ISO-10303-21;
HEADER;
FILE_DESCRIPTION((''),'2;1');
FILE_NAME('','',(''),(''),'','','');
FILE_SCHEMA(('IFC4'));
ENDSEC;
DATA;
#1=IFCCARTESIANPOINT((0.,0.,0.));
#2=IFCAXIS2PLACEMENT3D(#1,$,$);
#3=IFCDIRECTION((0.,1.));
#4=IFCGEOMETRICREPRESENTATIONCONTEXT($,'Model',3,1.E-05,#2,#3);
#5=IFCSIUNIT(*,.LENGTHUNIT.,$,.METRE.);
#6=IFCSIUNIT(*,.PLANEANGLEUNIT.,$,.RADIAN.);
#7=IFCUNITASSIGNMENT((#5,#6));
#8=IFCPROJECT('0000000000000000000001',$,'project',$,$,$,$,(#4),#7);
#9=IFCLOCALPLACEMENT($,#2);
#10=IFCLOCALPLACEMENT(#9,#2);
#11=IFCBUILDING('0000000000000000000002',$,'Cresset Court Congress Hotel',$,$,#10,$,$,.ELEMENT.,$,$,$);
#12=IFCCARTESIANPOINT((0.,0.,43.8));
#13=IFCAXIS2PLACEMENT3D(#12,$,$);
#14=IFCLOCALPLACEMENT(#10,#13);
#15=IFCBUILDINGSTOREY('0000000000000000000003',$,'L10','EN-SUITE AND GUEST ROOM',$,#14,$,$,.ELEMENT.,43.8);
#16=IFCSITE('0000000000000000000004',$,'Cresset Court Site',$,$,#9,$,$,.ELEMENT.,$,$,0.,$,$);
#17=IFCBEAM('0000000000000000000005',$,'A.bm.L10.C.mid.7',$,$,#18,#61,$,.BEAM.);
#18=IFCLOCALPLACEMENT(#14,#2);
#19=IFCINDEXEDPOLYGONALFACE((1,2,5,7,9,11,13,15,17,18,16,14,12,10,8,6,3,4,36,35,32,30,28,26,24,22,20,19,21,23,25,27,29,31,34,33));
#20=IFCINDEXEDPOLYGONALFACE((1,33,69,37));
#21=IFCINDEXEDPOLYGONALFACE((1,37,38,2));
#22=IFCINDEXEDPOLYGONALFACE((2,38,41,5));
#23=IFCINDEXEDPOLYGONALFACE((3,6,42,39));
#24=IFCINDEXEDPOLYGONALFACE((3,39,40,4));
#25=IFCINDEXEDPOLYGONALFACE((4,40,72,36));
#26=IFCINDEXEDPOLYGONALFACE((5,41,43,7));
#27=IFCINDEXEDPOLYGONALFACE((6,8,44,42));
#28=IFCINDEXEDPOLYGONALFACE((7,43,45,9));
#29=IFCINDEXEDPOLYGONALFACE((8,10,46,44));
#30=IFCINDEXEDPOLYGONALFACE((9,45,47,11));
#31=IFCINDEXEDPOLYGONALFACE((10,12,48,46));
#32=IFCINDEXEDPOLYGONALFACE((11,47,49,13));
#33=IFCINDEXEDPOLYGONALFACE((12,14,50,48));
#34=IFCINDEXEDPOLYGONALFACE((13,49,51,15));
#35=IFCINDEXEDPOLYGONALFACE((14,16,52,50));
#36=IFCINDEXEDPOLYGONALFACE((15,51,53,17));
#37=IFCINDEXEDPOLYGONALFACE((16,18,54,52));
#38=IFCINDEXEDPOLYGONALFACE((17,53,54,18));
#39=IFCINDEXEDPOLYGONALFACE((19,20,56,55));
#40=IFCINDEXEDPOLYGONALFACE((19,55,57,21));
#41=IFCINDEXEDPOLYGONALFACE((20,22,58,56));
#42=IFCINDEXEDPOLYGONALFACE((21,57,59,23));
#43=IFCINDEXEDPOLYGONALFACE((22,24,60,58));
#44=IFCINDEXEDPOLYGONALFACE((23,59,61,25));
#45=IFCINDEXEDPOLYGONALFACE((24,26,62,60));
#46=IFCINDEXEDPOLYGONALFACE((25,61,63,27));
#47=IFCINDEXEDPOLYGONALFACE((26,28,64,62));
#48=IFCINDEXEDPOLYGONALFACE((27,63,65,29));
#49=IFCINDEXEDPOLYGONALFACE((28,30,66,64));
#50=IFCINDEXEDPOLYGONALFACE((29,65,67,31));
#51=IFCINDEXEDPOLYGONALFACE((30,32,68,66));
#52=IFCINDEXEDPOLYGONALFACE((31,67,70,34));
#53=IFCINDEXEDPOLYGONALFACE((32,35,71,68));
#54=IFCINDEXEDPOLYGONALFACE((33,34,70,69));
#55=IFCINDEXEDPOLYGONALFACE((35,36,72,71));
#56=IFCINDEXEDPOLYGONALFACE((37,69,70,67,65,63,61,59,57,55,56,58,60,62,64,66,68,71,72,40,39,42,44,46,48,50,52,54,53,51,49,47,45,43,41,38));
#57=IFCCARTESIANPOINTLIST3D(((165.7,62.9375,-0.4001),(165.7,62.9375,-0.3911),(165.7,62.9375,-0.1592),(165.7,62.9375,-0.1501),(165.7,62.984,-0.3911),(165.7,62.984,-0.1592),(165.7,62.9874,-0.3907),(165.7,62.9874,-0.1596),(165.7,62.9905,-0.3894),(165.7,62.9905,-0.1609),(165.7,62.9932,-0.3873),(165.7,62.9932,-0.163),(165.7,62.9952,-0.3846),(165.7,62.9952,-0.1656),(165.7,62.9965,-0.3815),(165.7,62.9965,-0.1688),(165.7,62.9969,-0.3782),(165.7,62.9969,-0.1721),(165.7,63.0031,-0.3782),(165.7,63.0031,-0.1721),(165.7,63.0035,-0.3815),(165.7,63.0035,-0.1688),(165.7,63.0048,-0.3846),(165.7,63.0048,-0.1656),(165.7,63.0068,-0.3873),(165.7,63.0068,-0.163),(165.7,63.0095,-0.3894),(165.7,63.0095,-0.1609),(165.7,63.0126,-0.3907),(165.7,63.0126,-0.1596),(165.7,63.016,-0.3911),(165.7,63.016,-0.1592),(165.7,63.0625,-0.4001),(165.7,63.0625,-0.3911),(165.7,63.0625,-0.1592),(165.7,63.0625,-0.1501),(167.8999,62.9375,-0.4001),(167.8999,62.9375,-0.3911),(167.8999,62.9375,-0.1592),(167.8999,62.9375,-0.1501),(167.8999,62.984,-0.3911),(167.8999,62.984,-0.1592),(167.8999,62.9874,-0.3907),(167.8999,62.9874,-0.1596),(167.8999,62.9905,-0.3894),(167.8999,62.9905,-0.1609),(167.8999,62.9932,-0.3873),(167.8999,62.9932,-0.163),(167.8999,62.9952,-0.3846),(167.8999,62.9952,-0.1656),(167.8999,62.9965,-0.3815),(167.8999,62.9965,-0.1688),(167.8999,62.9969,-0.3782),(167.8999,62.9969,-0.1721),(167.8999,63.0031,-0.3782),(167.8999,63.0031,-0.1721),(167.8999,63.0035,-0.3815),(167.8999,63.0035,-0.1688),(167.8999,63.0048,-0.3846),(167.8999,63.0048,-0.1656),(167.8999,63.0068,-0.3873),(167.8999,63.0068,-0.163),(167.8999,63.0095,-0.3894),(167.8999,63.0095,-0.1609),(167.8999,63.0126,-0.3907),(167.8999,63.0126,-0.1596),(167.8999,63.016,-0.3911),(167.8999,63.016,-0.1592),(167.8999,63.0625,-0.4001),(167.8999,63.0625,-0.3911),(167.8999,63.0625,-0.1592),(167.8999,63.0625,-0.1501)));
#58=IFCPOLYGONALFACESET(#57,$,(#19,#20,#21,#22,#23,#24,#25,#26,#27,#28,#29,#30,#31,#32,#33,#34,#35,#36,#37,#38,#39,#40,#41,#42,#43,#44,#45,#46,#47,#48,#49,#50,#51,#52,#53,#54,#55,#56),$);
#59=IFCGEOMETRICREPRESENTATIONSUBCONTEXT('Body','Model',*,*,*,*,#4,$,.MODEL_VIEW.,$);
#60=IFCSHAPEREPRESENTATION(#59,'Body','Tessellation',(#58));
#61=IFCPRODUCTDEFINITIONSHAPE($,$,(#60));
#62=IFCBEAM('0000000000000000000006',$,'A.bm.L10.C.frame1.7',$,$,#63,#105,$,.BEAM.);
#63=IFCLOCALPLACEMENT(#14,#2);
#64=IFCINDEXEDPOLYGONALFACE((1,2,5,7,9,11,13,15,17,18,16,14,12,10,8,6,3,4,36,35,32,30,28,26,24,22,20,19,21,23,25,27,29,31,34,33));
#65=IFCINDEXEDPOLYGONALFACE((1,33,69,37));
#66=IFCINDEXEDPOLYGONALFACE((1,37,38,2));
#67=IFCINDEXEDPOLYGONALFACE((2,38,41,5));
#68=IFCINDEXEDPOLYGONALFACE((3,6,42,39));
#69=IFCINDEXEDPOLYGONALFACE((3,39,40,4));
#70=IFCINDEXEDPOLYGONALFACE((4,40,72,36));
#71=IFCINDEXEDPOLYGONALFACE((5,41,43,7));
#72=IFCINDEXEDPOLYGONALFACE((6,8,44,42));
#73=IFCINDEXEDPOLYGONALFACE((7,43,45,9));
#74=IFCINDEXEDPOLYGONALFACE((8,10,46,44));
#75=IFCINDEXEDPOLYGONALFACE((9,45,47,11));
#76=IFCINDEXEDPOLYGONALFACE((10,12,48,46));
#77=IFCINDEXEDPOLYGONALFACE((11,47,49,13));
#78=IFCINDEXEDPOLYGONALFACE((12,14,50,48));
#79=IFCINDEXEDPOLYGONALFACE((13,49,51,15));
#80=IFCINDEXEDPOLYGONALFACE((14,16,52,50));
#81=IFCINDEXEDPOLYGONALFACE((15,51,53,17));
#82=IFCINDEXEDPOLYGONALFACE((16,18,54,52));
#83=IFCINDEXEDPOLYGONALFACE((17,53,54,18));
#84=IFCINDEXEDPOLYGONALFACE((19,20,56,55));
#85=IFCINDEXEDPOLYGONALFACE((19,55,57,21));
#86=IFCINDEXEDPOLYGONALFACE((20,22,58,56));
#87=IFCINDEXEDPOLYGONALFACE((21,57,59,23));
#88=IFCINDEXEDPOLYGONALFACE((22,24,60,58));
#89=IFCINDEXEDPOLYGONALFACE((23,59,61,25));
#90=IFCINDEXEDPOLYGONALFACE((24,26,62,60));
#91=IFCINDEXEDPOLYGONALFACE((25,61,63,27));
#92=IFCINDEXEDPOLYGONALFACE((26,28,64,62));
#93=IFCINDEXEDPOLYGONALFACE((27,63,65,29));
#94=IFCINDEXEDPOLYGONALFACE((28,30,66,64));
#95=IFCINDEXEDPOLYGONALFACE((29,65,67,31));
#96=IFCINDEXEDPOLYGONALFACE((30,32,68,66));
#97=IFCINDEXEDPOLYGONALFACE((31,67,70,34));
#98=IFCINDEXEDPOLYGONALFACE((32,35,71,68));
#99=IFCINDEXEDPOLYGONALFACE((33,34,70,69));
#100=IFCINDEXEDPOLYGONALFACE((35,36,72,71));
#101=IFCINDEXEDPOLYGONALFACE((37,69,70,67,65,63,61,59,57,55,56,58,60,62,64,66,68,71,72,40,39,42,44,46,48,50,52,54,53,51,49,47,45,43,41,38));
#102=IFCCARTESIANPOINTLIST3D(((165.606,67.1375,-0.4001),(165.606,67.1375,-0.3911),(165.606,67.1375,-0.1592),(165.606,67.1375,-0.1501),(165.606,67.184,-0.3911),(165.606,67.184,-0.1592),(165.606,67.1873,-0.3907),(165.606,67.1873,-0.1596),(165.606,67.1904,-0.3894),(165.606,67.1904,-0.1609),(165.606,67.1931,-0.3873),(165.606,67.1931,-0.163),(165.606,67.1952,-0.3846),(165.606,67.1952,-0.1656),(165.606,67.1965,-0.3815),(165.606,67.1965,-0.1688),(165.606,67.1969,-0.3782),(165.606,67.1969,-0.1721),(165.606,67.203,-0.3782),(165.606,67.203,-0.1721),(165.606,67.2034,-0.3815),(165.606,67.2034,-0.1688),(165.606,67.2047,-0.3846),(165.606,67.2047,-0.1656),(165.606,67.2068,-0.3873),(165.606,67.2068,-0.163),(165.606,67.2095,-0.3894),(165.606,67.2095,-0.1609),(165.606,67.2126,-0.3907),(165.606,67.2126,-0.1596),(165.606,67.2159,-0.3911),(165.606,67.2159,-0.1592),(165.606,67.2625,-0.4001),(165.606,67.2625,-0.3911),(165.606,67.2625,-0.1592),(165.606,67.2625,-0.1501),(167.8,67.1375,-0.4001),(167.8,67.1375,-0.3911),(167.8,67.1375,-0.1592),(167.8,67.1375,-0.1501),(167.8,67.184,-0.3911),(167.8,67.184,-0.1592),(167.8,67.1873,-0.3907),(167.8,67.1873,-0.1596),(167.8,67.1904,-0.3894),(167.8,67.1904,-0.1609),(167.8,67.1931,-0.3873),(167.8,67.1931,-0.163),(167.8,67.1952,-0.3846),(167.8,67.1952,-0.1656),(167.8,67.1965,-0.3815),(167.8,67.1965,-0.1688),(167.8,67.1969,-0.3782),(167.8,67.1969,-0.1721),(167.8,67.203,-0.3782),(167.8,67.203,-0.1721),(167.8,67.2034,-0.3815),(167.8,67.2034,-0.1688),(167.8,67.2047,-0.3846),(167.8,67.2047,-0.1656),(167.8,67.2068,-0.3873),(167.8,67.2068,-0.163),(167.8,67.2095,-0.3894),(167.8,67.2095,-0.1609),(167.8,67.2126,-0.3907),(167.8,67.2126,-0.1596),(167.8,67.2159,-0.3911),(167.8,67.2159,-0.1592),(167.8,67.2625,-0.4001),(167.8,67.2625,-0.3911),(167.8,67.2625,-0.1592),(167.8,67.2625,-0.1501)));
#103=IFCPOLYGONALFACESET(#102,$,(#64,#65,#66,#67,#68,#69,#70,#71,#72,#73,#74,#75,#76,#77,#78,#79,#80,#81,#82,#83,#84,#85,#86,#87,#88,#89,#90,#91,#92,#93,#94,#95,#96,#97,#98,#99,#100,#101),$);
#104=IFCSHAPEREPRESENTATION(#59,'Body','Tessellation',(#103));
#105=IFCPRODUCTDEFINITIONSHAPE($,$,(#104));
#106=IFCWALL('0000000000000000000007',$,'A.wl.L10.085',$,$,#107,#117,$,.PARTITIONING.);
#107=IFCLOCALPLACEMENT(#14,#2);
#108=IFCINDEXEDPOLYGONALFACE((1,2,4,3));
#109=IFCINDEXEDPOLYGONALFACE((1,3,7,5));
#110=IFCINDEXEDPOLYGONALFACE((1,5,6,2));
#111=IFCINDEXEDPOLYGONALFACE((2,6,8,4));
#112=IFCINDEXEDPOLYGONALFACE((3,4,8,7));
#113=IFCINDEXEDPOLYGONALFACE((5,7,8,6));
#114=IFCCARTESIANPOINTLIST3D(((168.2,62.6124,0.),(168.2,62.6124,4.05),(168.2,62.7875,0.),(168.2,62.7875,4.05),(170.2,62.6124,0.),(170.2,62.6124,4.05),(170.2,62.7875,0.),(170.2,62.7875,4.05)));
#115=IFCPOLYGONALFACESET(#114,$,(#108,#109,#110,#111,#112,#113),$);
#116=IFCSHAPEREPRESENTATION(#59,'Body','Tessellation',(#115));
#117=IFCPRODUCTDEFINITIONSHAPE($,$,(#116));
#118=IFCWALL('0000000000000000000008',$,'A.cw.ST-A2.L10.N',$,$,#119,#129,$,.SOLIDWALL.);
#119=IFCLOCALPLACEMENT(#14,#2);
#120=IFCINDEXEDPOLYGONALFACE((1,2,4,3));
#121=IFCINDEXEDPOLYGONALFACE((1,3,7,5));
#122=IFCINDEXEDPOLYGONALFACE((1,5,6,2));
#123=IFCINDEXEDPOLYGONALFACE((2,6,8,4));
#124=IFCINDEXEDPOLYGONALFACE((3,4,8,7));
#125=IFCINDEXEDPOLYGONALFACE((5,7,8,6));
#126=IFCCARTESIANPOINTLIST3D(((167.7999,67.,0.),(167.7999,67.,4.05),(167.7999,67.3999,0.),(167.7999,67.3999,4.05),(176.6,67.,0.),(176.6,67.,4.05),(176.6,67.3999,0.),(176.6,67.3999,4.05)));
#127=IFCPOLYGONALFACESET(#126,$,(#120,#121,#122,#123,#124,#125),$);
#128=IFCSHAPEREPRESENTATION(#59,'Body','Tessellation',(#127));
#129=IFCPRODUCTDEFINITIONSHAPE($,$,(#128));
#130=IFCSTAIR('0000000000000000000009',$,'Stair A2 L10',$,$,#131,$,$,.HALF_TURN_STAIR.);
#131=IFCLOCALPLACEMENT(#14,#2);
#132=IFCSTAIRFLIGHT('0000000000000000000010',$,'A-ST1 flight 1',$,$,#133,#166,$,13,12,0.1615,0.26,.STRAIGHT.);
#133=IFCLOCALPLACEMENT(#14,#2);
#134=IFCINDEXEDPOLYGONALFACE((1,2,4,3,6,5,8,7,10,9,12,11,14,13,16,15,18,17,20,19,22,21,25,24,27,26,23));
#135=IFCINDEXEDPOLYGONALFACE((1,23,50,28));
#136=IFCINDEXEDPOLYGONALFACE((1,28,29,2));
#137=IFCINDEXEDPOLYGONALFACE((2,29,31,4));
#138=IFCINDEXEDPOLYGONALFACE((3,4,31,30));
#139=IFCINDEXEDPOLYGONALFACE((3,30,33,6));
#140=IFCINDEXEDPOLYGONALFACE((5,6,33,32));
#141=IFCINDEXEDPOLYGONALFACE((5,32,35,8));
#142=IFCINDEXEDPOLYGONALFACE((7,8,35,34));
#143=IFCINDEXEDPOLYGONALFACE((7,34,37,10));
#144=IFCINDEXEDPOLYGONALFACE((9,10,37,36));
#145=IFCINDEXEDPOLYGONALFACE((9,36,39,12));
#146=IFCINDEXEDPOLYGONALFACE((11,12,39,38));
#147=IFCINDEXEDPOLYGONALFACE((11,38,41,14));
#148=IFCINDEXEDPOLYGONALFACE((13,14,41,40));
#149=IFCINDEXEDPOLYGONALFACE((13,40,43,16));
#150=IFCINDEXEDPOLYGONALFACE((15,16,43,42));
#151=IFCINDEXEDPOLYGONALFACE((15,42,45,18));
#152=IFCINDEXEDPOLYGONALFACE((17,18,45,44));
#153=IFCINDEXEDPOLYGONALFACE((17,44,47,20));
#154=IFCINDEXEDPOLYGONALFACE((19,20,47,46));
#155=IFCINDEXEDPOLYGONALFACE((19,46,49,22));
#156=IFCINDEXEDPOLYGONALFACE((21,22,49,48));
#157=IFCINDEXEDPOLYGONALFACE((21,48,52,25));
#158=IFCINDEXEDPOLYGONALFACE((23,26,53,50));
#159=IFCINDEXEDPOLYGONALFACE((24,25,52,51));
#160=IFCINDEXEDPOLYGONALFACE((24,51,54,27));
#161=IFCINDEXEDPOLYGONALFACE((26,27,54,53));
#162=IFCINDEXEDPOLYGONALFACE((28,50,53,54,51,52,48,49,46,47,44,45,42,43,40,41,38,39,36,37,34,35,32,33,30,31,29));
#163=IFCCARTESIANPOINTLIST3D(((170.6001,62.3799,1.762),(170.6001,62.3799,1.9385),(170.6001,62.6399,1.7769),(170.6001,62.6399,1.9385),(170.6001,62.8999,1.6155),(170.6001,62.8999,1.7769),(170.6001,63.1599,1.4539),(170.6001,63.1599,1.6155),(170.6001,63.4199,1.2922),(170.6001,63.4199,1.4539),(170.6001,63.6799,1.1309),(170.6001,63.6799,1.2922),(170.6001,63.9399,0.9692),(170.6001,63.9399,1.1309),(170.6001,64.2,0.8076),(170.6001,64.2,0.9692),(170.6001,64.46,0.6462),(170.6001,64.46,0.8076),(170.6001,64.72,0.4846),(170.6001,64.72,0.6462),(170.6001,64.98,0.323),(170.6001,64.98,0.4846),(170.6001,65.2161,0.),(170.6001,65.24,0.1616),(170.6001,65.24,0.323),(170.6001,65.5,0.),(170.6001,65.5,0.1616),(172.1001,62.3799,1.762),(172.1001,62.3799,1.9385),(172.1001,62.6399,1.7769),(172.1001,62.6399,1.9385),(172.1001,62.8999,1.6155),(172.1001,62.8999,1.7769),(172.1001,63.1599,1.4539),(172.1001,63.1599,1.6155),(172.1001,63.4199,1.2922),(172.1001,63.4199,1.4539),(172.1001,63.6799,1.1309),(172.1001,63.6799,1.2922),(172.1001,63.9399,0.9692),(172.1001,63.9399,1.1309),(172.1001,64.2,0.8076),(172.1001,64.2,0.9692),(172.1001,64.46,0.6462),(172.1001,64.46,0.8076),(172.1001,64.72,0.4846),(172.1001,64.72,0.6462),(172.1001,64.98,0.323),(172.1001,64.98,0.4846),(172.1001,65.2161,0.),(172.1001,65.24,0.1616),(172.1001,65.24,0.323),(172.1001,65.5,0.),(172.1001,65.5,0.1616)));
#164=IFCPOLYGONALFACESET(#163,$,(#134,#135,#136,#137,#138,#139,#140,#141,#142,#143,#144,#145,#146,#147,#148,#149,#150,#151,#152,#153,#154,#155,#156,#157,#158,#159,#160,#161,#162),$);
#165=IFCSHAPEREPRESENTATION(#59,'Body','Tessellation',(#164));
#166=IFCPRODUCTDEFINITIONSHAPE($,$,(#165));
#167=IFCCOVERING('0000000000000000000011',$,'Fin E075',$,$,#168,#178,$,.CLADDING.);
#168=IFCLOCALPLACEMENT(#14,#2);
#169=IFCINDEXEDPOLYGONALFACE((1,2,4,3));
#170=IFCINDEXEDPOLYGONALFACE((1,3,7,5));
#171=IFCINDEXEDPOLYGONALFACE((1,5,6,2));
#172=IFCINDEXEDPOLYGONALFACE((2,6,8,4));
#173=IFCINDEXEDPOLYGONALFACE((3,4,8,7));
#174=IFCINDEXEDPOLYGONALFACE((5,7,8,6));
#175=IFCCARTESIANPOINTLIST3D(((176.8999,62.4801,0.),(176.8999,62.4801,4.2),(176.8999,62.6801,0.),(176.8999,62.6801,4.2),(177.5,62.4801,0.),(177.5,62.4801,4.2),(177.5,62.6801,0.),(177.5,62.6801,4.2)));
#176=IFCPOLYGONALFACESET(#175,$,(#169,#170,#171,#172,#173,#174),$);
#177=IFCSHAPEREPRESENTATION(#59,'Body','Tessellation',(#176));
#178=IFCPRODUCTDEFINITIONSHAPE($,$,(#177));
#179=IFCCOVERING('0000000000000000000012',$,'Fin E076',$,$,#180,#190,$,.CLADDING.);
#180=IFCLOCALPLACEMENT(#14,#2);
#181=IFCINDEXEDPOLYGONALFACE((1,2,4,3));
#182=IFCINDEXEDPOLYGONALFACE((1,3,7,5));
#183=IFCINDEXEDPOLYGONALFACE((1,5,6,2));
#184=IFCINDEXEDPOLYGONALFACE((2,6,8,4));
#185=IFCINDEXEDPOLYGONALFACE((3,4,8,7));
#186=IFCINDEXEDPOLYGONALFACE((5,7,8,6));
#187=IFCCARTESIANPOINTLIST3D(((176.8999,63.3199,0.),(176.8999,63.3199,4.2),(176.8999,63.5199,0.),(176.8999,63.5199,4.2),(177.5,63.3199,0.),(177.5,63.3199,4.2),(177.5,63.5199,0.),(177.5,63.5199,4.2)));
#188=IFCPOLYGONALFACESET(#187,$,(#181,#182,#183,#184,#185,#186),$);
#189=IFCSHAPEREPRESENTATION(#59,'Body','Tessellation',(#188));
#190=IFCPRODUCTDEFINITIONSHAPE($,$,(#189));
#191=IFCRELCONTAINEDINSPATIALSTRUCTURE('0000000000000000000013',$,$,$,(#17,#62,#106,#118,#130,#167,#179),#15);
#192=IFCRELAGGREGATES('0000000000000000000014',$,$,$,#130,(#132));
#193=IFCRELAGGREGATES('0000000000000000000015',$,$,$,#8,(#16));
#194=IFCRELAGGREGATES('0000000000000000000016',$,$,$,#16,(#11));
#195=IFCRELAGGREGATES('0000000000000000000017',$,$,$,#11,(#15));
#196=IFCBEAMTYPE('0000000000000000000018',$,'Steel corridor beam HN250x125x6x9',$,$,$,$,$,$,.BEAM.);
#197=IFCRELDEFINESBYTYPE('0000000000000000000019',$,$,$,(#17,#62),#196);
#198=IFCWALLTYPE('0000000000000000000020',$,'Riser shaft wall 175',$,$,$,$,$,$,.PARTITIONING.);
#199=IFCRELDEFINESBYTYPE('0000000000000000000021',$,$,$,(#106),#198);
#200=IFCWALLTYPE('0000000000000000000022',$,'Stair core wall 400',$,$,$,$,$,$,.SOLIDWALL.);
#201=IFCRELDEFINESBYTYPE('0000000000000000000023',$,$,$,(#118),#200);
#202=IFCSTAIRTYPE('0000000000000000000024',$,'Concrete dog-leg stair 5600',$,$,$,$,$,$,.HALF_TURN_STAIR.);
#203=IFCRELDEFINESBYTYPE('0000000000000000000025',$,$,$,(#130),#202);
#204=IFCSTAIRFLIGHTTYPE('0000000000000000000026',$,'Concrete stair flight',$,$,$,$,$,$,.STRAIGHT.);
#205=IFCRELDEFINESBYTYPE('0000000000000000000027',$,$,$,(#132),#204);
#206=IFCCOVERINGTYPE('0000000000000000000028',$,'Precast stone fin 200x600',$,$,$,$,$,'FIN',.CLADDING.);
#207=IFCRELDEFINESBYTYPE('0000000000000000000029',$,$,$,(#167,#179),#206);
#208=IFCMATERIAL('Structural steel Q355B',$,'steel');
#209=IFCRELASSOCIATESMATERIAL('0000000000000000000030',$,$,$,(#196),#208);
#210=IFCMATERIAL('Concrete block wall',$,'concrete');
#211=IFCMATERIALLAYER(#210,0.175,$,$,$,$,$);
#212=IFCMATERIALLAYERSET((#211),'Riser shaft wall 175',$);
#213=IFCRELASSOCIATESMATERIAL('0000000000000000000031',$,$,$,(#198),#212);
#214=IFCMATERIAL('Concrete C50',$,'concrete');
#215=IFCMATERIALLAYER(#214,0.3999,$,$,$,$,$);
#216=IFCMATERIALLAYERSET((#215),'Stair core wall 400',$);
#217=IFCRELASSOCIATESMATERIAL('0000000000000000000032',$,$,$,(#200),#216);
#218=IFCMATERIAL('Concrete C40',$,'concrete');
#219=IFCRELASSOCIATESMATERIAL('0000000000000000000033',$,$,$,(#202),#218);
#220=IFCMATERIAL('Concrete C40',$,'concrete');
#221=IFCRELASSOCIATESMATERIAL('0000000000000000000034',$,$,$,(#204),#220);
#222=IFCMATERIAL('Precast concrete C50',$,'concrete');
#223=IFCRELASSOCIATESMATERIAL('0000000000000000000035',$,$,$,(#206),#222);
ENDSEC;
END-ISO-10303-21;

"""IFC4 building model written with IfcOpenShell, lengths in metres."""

from ifc_helpers import new_model, si_unit, direction, frame, frame_2d, origin, origin_2d, place, context, subcontext, project, spatial, polyline, rectangle, i_section, outline, extrude, material, layer, layer_set, material_profile, profile_set, type_object, element, aggregate, save


model = new_model("IFC4")

# Units and contexts
model_context = context("Model", 3, precision=1e-05, world=origin(), true_north=direction((0.0, 1.0)))
body_context = subcontext(model_context, "Body", "Model", "MODEL_VIEW")
ifc_project = project(units=[si_unit("LENGTHUNIT", "METRE"), si_unit("PLANEANGLEUNIT", "RADIAN")], contexts=[model_context])

# Site, building, storey
site_placement = place(None, origin())
site = spatial("IfcSite", under=ifc_project, at=site_placement, Name="Cresset Court Site", CompositionType="ELEMENT", RefElevation=0.0)
building_placement = place(site_placement, origin())
building = spatial("IfcBuilding", under=site, at=building_placement, Name="Cresset Court Congress Hotel", CompositionType="ELEMENT")
storey_placement = place(building_placement, frame((0.0, 0.0, 43.8)))
storey = spatial("IfcBuildingStorey", under=building, at=storey_placement, Name="L10", Description="EN-SUITE AND GUEST ROOM", CompositionType="ELEMENT", Elevation=43.8)

# Beams
ifc_material_1 = material(Name="Structural steel Q355B", Category="steel")
ifc_material_profile = material_profile(ifc_material_1, i_section(OverallWidth=0.125, OverallDepth=0.25, WebThickness=0.0061, FlangeThickness=0.009, FilletRadius=0.0129, at=origin_2d()), Name="HN250x125x6x9")
ifc_profile_set = profile_set([ifc_material_profile], Name="Structural steel Q355B")
beam_type = type_object("IfcBeamType", Name="Steel corridor beam HN250x125x6x9", PredefinedType="BEAM", material=ifc_profile_set)
beam_1_placement = place(storey_placement, frame((165.7, 63.0, -0.2751), z_axis=(1.0, 0.0, 0.0), x_axis=(0.0, 1.0, 0.0)))
element("IfcBeam", 1, at=beam_1_placement, inside=storey, type_object=beam_type, Name="A.bm.L10.C.mid.7", PredefinedType="BEAM", context=body_context, shape_type="SweptSolid", body=[
    extrude(i_section(OverallWidth=0.125, OverallDepth=0.25, WebThickness=0.0061, FlangeThickness=0.009, FilletRadius=0.0129, at=origin_2d()), origin(), (0.0, 0.0, 1.0), 2.2),
])
beam_2_placement = place(storey_placement, frame((165.606, 67.2, -0.2751), z_axis=(1.0, 0.0, 0.0), x_axis=(0.0, 1.0, 0.0)))
element("IfcBeam", 2, at=beam_2_placement, inside=storey, type_object=beam_type, Name="A.bm.L10.C.frame1.7", PredefinedType="BEAM", context=body_context, shape_type="SweptSolid", body=[
    extrude(i_section(OverallWidth=0.125, OverallDepth=0.25, WebThickness=0.0061, FlangeThickness=0.009, FilletRadius=0.0129, at=origin_2d()), origin(), (0.0, 0.0, 1.0), 2.1941),
])

# Walls
ifc_material_2 = material(Name="Concrete block wall", Category="concrete")
ifc_layer_1 = layer(ifc_material_2, 0.175)
ifc_layer_set_1 = layer_set([ifc_layer_1], Name="Riser shaft wall 175")
wall_type_1 = type_object("IfcWallType", Name="Riser shaft wall 175", PredefinedType="PARTITIONING", material=ifc_layer_set_1)
wall_1_placement = place(storey_placement, frame((168.2, 62.7, 0.0), z_axis=(0.0, 0.0, 1.0), x_axis=(1.0, 0.0, 0.0)))
element("IfcWall", 3, at=wall_1_placement, inside=storey, type_object=wall_type_1, Name="A.wl.L10.085", PredefinedType="PARTITIONING", context=body_context, shape_type="SweptSolid", body=[
    extrude(rectangle(XDim=2.0, YDim=0.175, at=frame_2d((1.0, 0.0))), origin(), (0.0, 0.0, 1.0), 4.05),
])
ifc_material_3 = material(Name="Concrete C50", Category="concrete")
ifc_layer_2 = layer(ifc_material_3, 0.3999)
ifc_layer_set_2 = layer_set([ifc_layer_2], Name="Stair core wall 400")
wall_type_2 = type_object("IfcWallType", Name="Stair core wall 400", PredefinedType="SOLIDWALL", material=ifc_layer_set_2)
wall_2_placement = place(storey_placement, frame((167.8, 67.2, 0.0), z_axis=(0.0, 0.0, 1.0), x_axis=(1.0, 0.0, 0.0)))
element("IfcWall", 4, at=wall_2_placement, inside=storey, type_object=wall_type_2, Name="A.cw.ST-A2.L10.N", PredefinedType="SOLIDWALL", context=body_context, shape_type="SweptSolid", body=[
    extrude(rectangle(XDim=8.8, YDim=0.3999, at=frame_2d((4.3999, 0.0))), origin(), (0.0, 0.0, 1.0), 4.05),
])

# Stair, stair flight
ifc_material_4 = material(Name="Concrete C40", Category="concrete")
stair_type = type_object("IfcStairType", Name="Concrete dog-leg stair 5600", PredefinedType="HALF_TURN_STAIR", material=ifc_material_4)
stair_placement = place(storey_placement, origin())
stair = element("IfcStair", 5, at=stair_placement, inside=storey, type_object=stair_type, Name="Stair A2 L10", PredefinedType="HALF_TURN_STAIR")
ifc_material_5 = material(Name="Concrete C40", Category="concrete")
stair_flight_type = type_object("IfcStairFlightType", Name="Concrete stair flight", PredefinedType="STRAIGHT", material=ifc_material_5)
stair_flight_placement = place(storey_placement, frame((171.3501, 65.5, 0.0), z_axis=(0.0, 0.0, 1.0), x_axis=(0.0, -1.0, 0.0)))
stair_flight = element("IfcStairFlight", 6, at=stair_flight_placement, type_object=stair_flight_type, Name="A-ST1 flight 1", NumberOfRisers=13, NumberOfTreads=12, PredefinedType="STRAIGHT", RiserHeight=0.1615, TreadLength=0.26, context=body_context, shape_type="SweptSolid", body=[
    extrude(outline(polyline([(0.0, 0.0), (0.0, 0.1616), (0.26, 0.1616), (0.26, 0.323), (0.52, 0.323), (0.52, 0.4846), (0.78, 0.4846), (0.78, 0.6462), (1.04, 0.6462), (1.04, 0.8076), (1.3, 0.8076), (1.3, 0.9692), (1.5601, 0.9692), (1.5601, 1.1309), (1.8201, 1.1309), (1.8201, 1.2922), (2.0801, 1.2922), (2.0801, 1.4539), (2.3401, 1.4539), (2.3401, 1.6155), (2.6001, 1.6155), (2.6001, 1.7769), (2.8601, 1.7769), (2.8601, 1.9385), (3.1201, 1.9385), (3.1201, 2.1001), (3.1201, 1.762), (0.2839, 0.0), (0.0, 0.0)])), frame((0.0, 0.75, 0.0), z_axis=(0.0, -1.0, 0.0), x_axis=(1.0, 0.0, 0.0)), (0.0, 0.0, 1.0), 1.5),
])
aggregate(stair, [stair_flight])

# Coverings
ifc_material_6 = material(Name="Precast concrete C50", Category="concrete")
covering_type_1 = type_object("IfcCoveringType", Name="Precast stone fin 200x600", ElementType="FIN", PredefinedType="CLADDING", material=ifc_material_6)
for number, where, z_axis, x_axis, name in (
    (7, (177.2, 62.5801, 0.0), (0.0, 0.0, 1.0), (1.0, 0.0, 0.0), "Fin E075"),
    (8, (177.2, 63.4199, 0.0), (0.0, 0.0, 1.0), (1.0, 0.0, 0.0), "Fin E076"),
):
    element("IfcCovering", number, at=place(storey_placement, frame(where, z_axis=z_axis, x_axis=x_axis)), inside=storey, type_object=covering_type_1, Name=name, PredefinedType="CLADDING", context=body_context, shape_type="SweptSolid", body=[
        extrude(rectangle(XDim=0.6001, YDim=0.2, at=origin_2d()), origin(), (0.0, 0.0, 1.0), 4.2),
    ])

save(model, "model.ifc")
